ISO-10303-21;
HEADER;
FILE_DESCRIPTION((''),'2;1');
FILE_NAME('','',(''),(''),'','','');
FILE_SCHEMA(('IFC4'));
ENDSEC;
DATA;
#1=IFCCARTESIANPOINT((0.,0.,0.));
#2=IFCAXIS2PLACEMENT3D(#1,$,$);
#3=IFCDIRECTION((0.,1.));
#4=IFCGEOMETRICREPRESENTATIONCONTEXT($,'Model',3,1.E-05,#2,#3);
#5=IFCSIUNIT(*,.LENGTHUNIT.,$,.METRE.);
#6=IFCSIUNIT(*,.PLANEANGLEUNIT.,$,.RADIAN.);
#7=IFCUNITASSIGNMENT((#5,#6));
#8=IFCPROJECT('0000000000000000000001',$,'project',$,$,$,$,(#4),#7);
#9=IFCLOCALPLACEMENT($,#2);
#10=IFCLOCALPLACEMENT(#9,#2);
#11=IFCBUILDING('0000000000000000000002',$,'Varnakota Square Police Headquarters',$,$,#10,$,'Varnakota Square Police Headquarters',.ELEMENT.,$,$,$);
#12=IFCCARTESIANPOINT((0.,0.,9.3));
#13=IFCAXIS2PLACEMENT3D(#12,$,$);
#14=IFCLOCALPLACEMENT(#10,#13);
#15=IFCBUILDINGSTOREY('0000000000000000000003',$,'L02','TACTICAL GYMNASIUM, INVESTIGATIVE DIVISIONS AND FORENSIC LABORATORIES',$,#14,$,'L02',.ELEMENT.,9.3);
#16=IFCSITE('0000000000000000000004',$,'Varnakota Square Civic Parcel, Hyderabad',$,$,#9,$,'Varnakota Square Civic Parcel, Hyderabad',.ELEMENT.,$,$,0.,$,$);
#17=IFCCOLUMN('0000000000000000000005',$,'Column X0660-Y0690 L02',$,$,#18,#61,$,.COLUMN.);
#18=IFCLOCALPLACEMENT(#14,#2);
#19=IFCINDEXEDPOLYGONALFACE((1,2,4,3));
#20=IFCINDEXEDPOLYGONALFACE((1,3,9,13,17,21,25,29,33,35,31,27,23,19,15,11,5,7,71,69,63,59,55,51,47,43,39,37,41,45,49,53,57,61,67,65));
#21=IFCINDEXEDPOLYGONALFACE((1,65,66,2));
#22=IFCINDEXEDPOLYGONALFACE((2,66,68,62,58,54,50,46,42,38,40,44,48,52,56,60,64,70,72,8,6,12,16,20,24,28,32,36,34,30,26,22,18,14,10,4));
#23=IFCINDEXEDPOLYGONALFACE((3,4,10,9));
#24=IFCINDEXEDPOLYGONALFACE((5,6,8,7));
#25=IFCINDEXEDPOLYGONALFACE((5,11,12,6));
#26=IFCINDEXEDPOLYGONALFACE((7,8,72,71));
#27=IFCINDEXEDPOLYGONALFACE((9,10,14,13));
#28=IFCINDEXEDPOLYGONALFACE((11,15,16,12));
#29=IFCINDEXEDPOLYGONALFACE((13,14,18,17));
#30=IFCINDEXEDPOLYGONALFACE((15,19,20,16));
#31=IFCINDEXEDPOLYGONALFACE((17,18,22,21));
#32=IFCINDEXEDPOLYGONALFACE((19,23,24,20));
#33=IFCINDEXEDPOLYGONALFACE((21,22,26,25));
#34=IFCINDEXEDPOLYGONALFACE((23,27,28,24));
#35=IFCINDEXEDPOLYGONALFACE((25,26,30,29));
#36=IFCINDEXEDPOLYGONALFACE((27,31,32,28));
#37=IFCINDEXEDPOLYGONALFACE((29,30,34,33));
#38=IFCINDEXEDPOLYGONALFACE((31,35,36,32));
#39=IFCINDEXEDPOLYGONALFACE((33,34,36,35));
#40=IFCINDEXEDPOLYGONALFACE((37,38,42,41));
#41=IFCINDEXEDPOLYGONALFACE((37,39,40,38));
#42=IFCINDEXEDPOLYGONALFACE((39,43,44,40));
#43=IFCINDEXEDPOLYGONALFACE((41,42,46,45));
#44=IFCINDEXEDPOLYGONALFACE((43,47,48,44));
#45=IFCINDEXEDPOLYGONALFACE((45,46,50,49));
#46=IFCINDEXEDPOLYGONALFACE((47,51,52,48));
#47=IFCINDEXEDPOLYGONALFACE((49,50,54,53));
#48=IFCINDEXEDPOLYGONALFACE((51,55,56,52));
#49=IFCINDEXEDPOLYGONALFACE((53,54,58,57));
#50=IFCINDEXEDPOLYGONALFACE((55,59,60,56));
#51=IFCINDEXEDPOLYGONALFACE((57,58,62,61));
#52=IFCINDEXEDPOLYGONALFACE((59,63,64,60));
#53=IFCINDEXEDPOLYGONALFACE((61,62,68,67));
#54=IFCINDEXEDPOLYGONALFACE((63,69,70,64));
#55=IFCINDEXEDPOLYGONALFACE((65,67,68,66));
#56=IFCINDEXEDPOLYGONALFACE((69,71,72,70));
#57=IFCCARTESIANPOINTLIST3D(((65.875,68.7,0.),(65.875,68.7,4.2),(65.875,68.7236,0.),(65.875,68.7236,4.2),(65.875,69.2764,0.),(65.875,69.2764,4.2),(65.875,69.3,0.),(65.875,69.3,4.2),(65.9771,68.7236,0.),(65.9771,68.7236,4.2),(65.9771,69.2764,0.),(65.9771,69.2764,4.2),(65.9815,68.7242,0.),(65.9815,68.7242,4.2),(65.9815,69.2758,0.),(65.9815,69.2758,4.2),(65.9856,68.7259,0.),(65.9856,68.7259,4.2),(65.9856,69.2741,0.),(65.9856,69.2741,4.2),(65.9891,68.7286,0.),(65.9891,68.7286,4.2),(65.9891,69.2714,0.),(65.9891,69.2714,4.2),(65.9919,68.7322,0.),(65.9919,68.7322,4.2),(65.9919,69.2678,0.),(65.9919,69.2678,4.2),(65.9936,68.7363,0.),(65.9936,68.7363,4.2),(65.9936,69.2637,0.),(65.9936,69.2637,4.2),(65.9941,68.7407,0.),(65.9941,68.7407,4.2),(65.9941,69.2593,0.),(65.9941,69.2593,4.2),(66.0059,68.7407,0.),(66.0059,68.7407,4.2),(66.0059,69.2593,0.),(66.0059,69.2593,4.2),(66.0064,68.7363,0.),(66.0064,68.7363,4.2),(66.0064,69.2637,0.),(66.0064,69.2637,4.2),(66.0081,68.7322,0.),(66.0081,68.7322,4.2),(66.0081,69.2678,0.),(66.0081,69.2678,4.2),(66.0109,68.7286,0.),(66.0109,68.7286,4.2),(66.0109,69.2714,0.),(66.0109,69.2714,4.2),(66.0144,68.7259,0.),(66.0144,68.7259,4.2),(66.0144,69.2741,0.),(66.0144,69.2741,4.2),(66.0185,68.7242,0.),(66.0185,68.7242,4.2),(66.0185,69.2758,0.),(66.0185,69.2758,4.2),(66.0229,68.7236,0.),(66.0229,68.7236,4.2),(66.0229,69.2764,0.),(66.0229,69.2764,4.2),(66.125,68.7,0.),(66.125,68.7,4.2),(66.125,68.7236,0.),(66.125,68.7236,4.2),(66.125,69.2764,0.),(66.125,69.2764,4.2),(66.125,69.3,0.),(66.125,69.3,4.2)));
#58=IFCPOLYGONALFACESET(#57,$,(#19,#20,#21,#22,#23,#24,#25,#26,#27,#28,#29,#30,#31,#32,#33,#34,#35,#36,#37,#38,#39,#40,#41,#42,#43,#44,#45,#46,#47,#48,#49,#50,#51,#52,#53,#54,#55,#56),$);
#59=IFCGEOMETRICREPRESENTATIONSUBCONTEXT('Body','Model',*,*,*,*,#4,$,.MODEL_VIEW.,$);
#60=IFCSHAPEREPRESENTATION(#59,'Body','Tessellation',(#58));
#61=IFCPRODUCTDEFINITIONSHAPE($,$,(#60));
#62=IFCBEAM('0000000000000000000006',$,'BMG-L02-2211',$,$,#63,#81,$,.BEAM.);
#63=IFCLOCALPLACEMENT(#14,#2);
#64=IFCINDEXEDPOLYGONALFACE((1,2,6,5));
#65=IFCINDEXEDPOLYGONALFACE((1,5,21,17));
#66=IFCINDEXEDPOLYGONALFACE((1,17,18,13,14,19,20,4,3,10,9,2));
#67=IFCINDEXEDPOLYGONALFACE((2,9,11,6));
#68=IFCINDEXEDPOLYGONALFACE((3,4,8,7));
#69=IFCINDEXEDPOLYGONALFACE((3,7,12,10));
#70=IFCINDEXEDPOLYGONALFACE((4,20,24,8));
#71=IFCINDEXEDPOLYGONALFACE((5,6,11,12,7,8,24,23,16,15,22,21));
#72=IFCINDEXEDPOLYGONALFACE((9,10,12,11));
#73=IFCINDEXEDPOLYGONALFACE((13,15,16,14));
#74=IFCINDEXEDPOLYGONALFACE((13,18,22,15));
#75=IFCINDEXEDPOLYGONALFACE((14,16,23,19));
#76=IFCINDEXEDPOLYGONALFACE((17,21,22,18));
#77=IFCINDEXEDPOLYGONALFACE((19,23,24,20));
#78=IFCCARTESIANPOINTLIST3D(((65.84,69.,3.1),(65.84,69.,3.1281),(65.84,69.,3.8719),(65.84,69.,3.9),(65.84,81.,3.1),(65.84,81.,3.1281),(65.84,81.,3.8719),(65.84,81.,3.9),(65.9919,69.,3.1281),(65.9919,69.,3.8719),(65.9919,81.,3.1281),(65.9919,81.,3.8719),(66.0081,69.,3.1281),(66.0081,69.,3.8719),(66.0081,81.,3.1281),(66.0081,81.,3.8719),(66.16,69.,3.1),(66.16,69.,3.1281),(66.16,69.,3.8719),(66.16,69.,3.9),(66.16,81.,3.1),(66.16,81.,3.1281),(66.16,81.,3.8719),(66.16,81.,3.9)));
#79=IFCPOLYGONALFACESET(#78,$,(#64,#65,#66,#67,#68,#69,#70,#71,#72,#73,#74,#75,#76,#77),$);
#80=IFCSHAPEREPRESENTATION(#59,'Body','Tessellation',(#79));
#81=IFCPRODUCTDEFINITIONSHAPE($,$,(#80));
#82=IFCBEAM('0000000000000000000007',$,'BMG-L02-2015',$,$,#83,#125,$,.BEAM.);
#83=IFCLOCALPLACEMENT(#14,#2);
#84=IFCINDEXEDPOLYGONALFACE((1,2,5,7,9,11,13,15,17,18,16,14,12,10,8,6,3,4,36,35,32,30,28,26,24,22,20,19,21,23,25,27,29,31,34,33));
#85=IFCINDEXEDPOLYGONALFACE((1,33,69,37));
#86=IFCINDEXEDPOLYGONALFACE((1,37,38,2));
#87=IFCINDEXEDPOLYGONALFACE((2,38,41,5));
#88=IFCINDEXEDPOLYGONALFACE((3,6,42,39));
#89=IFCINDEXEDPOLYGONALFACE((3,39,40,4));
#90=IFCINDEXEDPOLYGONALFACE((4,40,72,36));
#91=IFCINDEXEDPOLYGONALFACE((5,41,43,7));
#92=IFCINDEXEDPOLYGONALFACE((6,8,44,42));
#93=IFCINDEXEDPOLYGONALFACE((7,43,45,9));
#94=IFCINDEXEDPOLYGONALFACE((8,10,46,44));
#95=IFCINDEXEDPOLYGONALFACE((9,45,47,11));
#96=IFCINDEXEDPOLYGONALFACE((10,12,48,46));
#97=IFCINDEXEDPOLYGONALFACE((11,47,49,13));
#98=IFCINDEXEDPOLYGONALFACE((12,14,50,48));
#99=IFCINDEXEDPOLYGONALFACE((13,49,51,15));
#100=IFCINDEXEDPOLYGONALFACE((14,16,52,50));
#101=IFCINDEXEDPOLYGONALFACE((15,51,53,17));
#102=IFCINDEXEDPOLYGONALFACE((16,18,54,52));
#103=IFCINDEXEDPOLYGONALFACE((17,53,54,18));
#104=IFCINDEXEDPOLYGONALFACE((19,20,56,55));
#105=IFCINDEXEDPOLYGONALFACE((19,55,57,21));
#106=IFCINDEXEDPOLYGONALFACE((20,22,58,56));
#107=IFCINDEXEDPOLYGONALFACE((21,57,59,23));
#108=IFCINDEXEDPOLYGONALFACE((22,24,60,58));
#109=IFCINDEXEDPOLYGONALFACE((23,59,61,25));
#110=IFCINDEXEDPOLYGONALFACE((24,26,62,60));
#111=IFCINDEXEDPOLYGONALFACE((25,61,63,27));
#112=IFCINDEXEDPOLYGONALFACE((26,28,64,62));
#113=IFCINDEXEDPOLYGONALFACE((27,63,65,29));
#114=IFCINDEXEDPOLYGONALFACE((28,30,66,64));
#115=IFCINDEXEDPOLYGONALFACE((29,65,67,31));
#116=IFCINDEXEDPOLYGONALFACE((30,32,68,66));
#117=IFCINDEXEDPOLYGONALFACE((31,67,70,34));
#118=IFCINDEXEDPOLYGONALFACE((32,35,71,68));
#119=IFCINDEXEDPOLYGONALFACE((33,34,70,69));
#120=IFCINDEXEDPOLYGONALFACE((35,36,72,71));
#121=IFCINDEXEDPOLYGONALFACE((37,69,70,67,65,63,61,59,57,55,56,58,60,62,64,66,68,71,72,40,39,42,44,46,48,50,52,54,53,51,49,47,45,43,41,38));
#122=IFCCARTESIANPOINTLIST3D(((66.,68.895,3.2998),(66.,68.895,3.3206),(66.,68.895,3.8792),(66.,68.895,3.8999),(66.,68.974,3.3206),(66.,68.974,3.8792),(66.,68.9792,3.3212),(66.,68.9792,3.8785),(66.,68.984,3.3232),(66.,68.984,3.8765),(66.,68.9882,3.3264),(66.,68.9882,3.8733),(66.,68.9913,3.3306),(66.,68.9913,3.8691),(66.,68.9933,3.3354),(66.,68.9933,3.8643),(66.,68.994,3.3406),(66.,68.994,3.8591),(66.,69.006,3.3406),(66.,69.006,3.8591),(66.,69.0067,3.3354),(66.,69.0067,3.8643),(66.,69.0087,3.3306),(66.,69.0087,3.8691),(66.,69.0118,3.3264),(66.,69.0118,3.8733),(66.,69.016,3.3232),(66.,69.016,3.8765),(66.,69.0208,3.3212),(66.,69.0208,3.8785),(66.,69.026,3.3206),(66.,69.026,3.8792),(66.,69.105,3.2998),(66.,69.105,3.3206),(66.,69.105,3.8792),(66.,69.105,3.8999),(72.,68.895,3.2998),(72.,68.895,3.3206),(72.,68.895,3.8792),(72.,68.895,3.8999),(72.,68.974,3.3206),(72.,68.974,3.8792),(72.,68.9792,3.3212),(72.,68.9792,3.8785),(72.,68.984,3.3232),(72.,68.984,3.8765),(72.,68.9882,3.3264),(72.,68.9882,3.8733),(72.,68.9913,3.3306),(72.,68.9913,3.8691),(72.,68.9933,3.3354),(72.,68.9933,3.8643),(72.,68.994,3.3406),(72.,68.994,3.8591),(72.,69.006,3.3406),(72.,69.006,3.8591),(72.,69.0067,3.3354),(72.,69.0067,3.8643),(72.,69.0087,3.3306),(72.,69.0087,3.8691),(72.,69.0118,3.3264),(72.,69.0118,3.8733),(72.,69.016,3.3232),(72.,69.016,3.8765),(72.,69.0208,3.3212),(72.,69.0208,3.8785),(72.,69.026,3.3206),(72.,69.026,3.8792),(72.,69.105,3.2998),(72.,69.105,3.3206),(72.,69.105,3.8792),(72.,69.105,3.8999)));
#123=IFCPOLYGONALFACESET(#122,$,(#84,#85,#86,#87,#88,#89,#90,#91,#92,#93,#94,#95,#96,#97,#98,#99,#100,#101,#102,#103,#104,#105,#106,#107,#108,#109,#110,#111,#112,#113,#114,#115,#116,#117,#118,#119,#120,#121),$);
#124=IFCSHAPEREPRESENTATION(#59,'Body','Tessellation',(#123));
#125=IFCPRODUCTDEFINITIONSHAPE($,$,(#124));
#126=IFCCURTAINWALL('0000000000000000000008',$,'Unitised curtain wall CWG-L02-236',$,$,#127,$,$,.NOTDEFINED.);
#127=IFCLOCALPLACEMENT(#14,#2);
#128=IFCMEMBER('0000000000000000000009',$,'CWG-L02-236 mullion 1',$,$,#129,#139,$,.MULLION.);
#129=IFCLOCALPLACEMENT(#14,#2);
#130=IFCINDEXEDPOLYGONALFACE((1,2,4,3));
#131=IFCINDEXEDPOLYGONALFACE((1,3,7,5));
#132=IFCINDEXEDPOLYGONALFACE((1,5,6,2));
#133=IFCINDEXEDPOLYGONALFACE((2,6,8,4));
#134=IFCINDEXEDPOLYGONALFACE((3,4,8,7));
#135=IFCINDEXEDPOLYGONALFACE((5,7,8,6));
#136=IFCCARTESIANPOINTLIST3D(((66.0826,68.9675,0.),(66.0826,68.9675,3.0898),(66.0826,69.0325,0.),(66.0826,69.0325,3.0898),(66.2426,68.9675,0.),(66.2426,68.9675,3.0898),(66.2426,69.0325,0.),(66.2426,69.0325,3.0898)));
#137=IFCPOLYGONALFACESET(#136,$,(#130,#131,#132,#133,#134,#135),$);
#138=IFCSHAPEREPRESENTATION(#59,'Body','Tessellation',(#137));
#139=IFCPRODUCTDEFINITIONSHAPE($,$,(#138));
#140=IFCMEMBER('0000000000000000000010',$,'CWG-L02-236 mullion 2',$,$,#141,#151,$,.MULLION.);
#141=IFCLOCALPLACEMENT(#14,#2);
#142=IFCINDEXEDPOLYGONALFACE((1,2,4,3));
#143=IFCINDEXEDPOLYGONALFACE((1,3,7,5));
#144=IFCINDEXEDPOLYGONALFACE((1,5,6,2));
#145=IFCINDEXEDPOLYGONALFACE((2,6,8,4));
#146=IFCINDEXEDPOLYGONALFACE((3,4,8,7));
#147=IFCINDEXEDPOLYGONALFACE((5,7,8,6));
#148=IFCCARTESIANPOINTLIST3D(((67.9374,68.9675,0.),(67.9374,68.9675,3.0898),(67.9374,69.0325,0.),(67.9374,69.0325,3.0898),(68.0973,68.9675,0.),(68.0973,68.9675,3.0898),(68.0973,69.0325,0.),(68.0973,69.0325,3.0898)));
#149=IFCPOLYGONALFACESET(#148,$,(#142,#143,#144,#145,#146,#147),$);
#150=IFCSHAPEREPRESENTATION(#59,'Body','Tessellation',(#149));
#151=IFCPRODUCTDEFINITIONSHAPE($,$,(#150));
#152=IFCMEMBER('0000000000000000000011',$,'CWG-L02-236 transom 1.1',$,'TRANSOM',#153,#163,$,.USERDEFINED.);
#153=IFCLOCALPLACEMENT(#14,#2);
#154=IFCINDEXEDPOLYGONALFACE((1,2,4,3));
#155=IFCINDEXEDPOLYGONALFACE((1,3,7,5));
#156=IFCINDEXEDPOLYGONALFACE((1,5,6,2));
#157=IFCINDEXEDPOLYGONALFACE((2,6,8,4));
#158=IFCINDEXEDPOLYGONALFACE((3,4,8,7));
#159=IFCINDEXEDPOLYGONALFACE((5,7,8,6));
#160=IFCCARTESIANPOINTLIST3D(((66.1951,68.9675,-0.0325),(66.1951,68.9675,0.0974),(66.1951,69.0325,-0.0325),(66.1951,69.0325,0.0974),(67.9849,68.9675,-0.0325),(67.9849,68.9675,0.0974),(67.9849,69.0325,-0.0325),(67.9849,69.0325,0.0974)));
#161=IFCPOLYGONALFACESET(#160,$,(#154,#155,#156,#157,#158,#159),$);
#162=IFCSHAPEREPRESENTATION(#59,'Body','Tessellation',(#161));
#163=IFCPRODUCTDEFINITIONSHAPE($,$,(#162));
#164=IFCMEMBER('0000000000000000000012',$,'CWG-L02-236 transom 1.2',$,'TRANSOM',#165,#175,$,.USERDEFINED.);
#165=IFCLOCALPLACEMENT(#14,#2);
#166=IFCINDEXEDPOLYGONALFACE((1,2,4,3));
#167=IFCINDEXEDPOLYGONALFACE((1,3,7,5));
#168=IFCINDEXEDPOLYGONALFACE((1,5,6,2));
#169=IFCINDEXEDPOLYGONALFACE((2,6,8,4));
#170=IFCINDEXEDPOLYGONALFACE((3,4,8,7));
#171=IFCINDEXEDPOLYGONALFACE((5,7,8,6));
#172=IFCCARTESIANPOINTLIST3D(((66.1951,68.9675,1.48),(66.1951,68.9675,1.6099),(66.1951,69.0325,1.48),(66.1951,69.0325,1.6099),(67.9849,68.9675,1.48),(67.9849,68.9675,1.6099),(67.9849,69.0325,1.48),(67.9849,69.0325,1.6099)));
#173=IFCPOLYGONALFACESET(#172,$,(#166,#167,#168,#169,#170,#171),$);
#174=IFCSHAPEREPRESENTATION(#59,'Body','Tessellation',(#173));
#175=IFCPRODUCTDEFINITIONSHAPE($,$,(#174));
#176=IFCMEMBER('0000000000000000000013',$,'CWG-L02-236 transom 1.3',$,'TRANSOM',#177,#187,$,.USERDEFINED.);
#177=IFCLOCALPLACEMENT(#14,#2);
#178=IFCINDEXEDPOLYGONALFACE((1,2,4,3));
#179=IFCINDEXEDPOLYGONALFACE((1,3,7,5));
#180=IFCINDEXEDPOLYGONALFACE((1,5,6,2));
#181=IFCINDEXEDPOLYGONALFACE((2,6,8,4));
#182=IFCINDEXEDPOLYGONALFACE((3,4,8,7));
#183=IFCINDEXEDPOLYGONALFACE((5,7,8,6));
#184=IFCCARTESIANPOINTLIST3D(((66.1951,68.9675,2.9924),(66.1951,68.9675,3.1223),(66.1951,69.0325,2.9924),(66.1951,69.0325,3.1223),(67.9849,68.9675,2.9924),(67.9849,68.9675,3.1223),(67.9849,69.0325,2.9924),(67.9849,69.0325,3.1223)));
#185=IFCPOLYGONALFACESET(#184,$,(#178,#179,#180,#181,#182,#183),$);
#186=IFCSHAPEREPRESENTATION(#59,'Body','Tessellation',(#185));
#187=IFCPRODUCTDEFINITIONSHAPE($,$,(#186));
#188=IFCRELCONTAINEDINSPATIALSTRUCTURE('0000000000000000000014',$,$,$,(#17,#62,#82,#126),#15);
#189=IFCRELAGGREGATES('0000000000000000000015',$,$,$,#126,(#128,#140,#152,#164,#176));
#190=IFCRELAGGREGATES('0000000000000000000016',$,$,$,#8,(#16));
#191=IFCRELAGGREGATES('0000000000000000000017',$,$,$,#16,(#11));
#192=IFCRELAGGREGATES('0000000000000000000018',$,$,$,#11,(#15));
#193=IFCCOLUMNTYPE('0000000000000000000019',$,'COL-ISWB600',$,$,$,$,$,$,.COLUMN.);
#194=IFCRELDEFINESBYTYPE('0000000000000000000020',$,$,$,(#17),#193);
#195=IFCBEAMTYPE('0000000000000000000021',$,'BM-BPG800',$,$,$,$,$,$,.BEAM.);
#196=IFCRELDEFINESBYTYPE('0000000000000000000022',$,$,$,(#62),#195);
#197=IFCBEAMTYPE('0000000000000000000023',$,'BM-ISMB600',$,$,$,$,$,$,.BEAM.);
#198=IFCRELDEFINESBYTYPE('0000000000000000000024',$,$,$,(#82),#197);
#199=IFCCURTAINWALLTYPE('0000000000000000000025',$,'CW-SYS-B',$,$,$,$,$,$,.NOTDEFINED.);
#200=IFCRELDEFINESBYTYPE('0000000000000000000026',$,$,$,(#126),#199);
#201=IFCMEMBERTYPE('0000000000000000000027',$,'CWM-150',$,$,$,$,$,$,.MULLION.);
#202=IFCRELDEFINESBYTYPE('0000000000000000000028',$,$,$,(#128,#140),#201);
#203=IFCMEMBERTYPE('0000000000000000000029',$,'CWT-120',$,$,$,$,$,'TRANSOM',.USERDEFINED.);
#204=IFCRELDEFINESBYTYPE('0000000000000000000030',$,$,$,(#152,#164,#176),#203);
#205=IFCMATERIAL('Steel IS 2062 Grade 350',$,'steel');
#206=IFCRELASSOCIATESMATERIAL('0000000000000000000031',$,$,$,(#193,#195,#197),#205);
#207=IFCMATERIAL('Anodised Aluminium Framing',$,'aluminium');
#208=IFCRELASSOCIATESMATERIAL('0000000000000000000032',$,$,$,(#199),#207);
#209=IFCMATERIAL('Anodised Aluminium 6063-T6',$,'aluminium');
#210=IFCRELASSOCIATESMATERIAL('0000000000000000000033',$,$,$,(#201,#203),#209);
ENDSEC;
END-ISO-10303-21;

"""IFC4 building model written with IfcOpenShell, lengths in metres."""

from ifc_helpers import new_model, si_unit, direction, frame, origin, origin_2d, place, context, subcontext, project, spatial, rectangle, i_section, extrude, material, material_profile, profile_set, type_object, element, aggregate, save


model = new_model("IFC4")

# Units and contexts
model_context = context("Model", 3, precision=1e-05, world=origin(), true_north=direction((0.0, 1.0)))
body_context = subcontext(model_context, "Body", "Model", "MODEL_VIEW")
ifc_project = project(units=[si_unit("LENGTHUNIT", "METRE"), si_unit("PLANEANGLEUNIT", "RADIAN")], contexts=[model_context])

# Site, building, storey
site_placement = place(None, origin())
site = spatial("IfcSite", under=ifc_project, at=site_placement, Name="Varnakota Square Civic Parcel, Hyderabad", LongName="Varnakota Square Civic Parcel, Hyderabad", CompositionType="ELEMENT", RefElevation=0.0)
building_placement = place(site_placement, origin())
building = spatial("IfcBuilding", under=site, at=building_placement, Name="Varnakota Square Police Headquarters", LongName="Varnakota Square Police Headquarters", CompositionType="ELEMENT")
storey_placement = place(building_placement, frame((0.0, 0.0, 9.3)))
storey = spatial("IfcBuildingStorey", under=building, at=storey_placement, Name="L02", Description="TACTICAL GYMNASIUM, INVESTIGATIVE DIVISIONS AND FORENSIC LABORATORIES", LongName="L02", CompositionType="ELEMENT", Elevation=9.3)

# Column
ifc_material_1 = material(Name="Steel IS 2062 Grade 350", Category="steel")
ifc_material_profile_1 = material_profile(ifc_material_1, i_section(OverallWidth=0.25, OverallDepth=0.6001, WebThickness=0.0117, FlangeThickness=0.0237, FilletRadius=0.0171, at=origin_2d()), Name="ISWB 600")
ifc_profile_set_1 = profile_set([ifc_material_profile_1], Name="Steel IS 2062 Grade 350")
column_type = type_object("IfcColumnType", Name="COL-ISWB600", PredefinedType="COLUMN", material=ifc_profile_set_1)
column_placement = place(storey_placement, frame((66.0, 69.0, 0.0), z_axis=(0.0, 0.0, 1.0), x_axis=(1.0, 0.0, 0.0)))
element("IfcColumn", 1, at=column_placement, inside=storey, type_object=column_type, Name="Column X0660-Y0690 L02", PredefinedType="COLUMN", context=body_context, shape_type="SweptSolid", body=[
    extrude(i_section(OverallWidth=0.25, OverallDepth=0.6001, WebThickness=0.0117, FlangeThickness=0.0237, FilletRadius=0.0171, at=origin_2d()), origin(), (0.0, 0.0, 1.0), 4.2),
])

# Beams
ifc_material_profile_2 = material_profile(ifc_material_1, i_section(OverallWidth=0.3201, OverallDepth=0.8, WebThickness=0.0161, FlangeThickness=0.0281, at=origin_2d()), Name="BPG 800x320")
ifc_profile_set_2 = profile_set([ifc_material_profile_2], Name="Steel IS 2062 Grade 350")
beam_type_1 = type_object("IfcBeamType", Name="BM-BPG800", PredefinedType="BEAM", material=ifc_profile_set_2)
beam_1_placement = place(storey_placement, frame((66.0, 69.0, 3.5), z_axis=(0.0, 1.0, 0.0), x_axis=(-1.0, 0.0, 0.0)))
element("IfcBeam", 2, at=beam_1_placement, inside=storey, type_object=beam_type_1, Name="BMG-L02-2211", PredefinedType="BEAM", context=body_context, shape_type="SweptSolid", body=[
    extrude(i_section(OverallWidth=0.3201, OverallDepth=0.8, WebThickness=0.0161, FlangeThickness=0.0281, at=origin_2d()), origin(), (0.0, 0.0, 1.0), 12.0),
])
ifc_material_profile_3 = material_profile(ifc_material_1, i_section(OverallWidth=0.21, OverallDepth=0.6001, WebThickness=0.012, FlangeThickness=0.0208, FilletRadius=0.02, at=origin_2d()), Name="ISMB 600")
ifc_profile_set_3 = profile_set([ifc_material_profile_3], Name="Steel IS 2062 Grade 350")
beam_type_2 = type_object("IfcBeamType", Name="BM-ISMB600", PredefinedType="BEAM", material=ifc_profile_set_3)
beam_2_placement = place(storey_placement, frame((66.0, 69.0, 3.5999), z_axis=(1.0, 0.0, 0.0), x_axis=(0.0, 1.0, 0.0)))
element("IfcBeam", 3, at=beam_2_placement, inside=storey, type_object=beam_type_2, Name="BMG-L02-2015", PredefinedType="BEAM", context=body_context, shape_type="SweptSolid", body=[
    extrude(i_section(OverallWidth=0.21, OverallDepth=0.6001, WebThickness=0.012, FlangeThickness=0.0208, FilletRadius=0.02, at=origin_2d()), origin(), (0.0, 0.0, 1.0), 6.0),
])

# Curtain wall, members
ifc_material_2 = material(Name="Anodised Aluminium Framing", Category="aluminium")
curtain_wall_type = type_object("IfcCurtainWallType", Name="CW-SYS-B", PredefinedType="NOTDEFINED", material=ifc_material_2)
curtain_wall_placement = place(storey_placement, origin())
curtain_wall = element("IfcCurtainWall", 4, at=curtain_wall_placement, inside=storey, type_object=curtain_wall_type, Name="Unitised curtain wall CWG-L02-236", PredefinedType="NOTDEFINED")
ifc_material_3 = material(Name="Anodised Aluminium 6063-T6", Category="aluminium")
ifc_material_profile_4 = material_profile(ifc_material_3, rectangle(XDim=0.0649, YDim=0.1599, at=origin_2d()), Name="ALU MULLION 65x160")
ifc_profile_set_4 = profile_set([ifc_material_profile_4], Name="Anodised Aluminium 6063-T6")
member_type_1 = type_object("IfcMemberType", Name="CWM-150", PredefinedType="MULLION", material=ifc_profile_set_4)
member_1_placement = place(storey_placement, frame((66.1626, 69.0, 0.0), z_axis=(0.0, 0.0, 1.0), x_axis=(0.0, 1.0, 0.0)))
member_1 = element("IfcMember", 5, at=member_1_placement, type_object=member_type_1, Name="CWG-L02-236 mullion 1", PredefinedType="MULLION", context=body_context, shape_type="SweptSolid", body=[
    extrude(rectangle(XDim=0.0649, YDim=0.1599, at=origin_2d()), origin(), (0.0, 0.0, 1.0), 3.0898),
])
member_2_placement = place(storey_placement, frame((68.0173, 69.0, 0.0), z_axis=(0.0, 0.0, 1.0), x_axis=(0.0, 1.0, 0.0)))
member_2 = element("IfcMember", 6, at=member_2_placement, type_object=member_type_1, Name="CWG-L02-236 mullion 2", PredefinedType="MULLION", context=body_context, shape_type="SweptSolid", body=[
    extrude(rectangle(XDim=0.0649, YDim=0.1599, at=origin_2d()), origin(), (0.0, 0.0, 1.0), 3.0898),
])
ifc_material_profile_5 = material_profile(ifc_material_3, rectangle(XDim=0.0649, YDim=0.1299, at=origin_2d()), Name="ALU TRANSOM 65x130")
ifc_profile_set_5 = profile_set([ifc_material_profile_5], Name="Anodised Aluminium 6063-T6")
member_type_2 = type_object("IfcMemberType", Name="CWT-120", ElementType="TRANSOM", PredefinedType="USERDEFINED", material=ifc_profile_set_5)
member_3_placement = place(storey_placement, frame((66.1951, 69.0, 0.0325), z_axis=(1.0, 0.0, 0.0), x_axis=(0.0, 1.0, 0.0)))
member_3 = element("IfcMember", 7, at=member_3_placement, type_object=member_type_2, Name="CWG-L02-236 transom 1.1", ObjectType="TRANSOM", PredefinedType="USERDEFINED", context=body_context, shape_type="SweptSolid", body=[
    extrude(rectangle(XDim=0.0649, YDim=0.1299, at=origin_2d()), origin(), (0.0, 0.0, 1.0), 1.7898),
])
member_4_placement = place(storey_placement, frame((66.1951, 69.0, 1.5449), z_axis=(1.0, 0.0, 0.0), x_axis=(0.0, 1.0, 0.0)))
member_4 = element("IfcMember", 8, at=member_4_placement, type_object=member_type_2, Name="CWG-L02-236 transom 1.2", ObjectType="TRANSOM", PredefinedType="USERDEFINED", context=body_context, shape_type="SweptSolid", body=[
    extrude(rectangle(XDim=0.0649, YDim=0.1299, at=origin_2d()), origin(), (0.0, 0.0, 1.0), 1.7898),
])
member_5_placement = place(storey_placement, frame((66.1951, 69.0, 3.0574), z_axis=(1.0, 0.0, 0.0), x_axis=(0.0, 1.0, 0.0)))
member_5 = element("IfcMember", 9, at=member_5_placement, type_object=member_type_2, Name="CWG-L02-236 transom 1.3", ObjectType="TRANSOM", PredefinedType="USERDEFINED", context=body_context, shape_type="SweptSolid", body=[
    extrude(rectangle(XDim=0.0649, YDim=0.1299, at=origin_2d()), origin(), (0.0, 0.0, 1.0), 1.7898),
])
aggregate(curtain_wall, [member_1, member_2, member_3, member_4, member_5])

save(model, "model.ifc")
